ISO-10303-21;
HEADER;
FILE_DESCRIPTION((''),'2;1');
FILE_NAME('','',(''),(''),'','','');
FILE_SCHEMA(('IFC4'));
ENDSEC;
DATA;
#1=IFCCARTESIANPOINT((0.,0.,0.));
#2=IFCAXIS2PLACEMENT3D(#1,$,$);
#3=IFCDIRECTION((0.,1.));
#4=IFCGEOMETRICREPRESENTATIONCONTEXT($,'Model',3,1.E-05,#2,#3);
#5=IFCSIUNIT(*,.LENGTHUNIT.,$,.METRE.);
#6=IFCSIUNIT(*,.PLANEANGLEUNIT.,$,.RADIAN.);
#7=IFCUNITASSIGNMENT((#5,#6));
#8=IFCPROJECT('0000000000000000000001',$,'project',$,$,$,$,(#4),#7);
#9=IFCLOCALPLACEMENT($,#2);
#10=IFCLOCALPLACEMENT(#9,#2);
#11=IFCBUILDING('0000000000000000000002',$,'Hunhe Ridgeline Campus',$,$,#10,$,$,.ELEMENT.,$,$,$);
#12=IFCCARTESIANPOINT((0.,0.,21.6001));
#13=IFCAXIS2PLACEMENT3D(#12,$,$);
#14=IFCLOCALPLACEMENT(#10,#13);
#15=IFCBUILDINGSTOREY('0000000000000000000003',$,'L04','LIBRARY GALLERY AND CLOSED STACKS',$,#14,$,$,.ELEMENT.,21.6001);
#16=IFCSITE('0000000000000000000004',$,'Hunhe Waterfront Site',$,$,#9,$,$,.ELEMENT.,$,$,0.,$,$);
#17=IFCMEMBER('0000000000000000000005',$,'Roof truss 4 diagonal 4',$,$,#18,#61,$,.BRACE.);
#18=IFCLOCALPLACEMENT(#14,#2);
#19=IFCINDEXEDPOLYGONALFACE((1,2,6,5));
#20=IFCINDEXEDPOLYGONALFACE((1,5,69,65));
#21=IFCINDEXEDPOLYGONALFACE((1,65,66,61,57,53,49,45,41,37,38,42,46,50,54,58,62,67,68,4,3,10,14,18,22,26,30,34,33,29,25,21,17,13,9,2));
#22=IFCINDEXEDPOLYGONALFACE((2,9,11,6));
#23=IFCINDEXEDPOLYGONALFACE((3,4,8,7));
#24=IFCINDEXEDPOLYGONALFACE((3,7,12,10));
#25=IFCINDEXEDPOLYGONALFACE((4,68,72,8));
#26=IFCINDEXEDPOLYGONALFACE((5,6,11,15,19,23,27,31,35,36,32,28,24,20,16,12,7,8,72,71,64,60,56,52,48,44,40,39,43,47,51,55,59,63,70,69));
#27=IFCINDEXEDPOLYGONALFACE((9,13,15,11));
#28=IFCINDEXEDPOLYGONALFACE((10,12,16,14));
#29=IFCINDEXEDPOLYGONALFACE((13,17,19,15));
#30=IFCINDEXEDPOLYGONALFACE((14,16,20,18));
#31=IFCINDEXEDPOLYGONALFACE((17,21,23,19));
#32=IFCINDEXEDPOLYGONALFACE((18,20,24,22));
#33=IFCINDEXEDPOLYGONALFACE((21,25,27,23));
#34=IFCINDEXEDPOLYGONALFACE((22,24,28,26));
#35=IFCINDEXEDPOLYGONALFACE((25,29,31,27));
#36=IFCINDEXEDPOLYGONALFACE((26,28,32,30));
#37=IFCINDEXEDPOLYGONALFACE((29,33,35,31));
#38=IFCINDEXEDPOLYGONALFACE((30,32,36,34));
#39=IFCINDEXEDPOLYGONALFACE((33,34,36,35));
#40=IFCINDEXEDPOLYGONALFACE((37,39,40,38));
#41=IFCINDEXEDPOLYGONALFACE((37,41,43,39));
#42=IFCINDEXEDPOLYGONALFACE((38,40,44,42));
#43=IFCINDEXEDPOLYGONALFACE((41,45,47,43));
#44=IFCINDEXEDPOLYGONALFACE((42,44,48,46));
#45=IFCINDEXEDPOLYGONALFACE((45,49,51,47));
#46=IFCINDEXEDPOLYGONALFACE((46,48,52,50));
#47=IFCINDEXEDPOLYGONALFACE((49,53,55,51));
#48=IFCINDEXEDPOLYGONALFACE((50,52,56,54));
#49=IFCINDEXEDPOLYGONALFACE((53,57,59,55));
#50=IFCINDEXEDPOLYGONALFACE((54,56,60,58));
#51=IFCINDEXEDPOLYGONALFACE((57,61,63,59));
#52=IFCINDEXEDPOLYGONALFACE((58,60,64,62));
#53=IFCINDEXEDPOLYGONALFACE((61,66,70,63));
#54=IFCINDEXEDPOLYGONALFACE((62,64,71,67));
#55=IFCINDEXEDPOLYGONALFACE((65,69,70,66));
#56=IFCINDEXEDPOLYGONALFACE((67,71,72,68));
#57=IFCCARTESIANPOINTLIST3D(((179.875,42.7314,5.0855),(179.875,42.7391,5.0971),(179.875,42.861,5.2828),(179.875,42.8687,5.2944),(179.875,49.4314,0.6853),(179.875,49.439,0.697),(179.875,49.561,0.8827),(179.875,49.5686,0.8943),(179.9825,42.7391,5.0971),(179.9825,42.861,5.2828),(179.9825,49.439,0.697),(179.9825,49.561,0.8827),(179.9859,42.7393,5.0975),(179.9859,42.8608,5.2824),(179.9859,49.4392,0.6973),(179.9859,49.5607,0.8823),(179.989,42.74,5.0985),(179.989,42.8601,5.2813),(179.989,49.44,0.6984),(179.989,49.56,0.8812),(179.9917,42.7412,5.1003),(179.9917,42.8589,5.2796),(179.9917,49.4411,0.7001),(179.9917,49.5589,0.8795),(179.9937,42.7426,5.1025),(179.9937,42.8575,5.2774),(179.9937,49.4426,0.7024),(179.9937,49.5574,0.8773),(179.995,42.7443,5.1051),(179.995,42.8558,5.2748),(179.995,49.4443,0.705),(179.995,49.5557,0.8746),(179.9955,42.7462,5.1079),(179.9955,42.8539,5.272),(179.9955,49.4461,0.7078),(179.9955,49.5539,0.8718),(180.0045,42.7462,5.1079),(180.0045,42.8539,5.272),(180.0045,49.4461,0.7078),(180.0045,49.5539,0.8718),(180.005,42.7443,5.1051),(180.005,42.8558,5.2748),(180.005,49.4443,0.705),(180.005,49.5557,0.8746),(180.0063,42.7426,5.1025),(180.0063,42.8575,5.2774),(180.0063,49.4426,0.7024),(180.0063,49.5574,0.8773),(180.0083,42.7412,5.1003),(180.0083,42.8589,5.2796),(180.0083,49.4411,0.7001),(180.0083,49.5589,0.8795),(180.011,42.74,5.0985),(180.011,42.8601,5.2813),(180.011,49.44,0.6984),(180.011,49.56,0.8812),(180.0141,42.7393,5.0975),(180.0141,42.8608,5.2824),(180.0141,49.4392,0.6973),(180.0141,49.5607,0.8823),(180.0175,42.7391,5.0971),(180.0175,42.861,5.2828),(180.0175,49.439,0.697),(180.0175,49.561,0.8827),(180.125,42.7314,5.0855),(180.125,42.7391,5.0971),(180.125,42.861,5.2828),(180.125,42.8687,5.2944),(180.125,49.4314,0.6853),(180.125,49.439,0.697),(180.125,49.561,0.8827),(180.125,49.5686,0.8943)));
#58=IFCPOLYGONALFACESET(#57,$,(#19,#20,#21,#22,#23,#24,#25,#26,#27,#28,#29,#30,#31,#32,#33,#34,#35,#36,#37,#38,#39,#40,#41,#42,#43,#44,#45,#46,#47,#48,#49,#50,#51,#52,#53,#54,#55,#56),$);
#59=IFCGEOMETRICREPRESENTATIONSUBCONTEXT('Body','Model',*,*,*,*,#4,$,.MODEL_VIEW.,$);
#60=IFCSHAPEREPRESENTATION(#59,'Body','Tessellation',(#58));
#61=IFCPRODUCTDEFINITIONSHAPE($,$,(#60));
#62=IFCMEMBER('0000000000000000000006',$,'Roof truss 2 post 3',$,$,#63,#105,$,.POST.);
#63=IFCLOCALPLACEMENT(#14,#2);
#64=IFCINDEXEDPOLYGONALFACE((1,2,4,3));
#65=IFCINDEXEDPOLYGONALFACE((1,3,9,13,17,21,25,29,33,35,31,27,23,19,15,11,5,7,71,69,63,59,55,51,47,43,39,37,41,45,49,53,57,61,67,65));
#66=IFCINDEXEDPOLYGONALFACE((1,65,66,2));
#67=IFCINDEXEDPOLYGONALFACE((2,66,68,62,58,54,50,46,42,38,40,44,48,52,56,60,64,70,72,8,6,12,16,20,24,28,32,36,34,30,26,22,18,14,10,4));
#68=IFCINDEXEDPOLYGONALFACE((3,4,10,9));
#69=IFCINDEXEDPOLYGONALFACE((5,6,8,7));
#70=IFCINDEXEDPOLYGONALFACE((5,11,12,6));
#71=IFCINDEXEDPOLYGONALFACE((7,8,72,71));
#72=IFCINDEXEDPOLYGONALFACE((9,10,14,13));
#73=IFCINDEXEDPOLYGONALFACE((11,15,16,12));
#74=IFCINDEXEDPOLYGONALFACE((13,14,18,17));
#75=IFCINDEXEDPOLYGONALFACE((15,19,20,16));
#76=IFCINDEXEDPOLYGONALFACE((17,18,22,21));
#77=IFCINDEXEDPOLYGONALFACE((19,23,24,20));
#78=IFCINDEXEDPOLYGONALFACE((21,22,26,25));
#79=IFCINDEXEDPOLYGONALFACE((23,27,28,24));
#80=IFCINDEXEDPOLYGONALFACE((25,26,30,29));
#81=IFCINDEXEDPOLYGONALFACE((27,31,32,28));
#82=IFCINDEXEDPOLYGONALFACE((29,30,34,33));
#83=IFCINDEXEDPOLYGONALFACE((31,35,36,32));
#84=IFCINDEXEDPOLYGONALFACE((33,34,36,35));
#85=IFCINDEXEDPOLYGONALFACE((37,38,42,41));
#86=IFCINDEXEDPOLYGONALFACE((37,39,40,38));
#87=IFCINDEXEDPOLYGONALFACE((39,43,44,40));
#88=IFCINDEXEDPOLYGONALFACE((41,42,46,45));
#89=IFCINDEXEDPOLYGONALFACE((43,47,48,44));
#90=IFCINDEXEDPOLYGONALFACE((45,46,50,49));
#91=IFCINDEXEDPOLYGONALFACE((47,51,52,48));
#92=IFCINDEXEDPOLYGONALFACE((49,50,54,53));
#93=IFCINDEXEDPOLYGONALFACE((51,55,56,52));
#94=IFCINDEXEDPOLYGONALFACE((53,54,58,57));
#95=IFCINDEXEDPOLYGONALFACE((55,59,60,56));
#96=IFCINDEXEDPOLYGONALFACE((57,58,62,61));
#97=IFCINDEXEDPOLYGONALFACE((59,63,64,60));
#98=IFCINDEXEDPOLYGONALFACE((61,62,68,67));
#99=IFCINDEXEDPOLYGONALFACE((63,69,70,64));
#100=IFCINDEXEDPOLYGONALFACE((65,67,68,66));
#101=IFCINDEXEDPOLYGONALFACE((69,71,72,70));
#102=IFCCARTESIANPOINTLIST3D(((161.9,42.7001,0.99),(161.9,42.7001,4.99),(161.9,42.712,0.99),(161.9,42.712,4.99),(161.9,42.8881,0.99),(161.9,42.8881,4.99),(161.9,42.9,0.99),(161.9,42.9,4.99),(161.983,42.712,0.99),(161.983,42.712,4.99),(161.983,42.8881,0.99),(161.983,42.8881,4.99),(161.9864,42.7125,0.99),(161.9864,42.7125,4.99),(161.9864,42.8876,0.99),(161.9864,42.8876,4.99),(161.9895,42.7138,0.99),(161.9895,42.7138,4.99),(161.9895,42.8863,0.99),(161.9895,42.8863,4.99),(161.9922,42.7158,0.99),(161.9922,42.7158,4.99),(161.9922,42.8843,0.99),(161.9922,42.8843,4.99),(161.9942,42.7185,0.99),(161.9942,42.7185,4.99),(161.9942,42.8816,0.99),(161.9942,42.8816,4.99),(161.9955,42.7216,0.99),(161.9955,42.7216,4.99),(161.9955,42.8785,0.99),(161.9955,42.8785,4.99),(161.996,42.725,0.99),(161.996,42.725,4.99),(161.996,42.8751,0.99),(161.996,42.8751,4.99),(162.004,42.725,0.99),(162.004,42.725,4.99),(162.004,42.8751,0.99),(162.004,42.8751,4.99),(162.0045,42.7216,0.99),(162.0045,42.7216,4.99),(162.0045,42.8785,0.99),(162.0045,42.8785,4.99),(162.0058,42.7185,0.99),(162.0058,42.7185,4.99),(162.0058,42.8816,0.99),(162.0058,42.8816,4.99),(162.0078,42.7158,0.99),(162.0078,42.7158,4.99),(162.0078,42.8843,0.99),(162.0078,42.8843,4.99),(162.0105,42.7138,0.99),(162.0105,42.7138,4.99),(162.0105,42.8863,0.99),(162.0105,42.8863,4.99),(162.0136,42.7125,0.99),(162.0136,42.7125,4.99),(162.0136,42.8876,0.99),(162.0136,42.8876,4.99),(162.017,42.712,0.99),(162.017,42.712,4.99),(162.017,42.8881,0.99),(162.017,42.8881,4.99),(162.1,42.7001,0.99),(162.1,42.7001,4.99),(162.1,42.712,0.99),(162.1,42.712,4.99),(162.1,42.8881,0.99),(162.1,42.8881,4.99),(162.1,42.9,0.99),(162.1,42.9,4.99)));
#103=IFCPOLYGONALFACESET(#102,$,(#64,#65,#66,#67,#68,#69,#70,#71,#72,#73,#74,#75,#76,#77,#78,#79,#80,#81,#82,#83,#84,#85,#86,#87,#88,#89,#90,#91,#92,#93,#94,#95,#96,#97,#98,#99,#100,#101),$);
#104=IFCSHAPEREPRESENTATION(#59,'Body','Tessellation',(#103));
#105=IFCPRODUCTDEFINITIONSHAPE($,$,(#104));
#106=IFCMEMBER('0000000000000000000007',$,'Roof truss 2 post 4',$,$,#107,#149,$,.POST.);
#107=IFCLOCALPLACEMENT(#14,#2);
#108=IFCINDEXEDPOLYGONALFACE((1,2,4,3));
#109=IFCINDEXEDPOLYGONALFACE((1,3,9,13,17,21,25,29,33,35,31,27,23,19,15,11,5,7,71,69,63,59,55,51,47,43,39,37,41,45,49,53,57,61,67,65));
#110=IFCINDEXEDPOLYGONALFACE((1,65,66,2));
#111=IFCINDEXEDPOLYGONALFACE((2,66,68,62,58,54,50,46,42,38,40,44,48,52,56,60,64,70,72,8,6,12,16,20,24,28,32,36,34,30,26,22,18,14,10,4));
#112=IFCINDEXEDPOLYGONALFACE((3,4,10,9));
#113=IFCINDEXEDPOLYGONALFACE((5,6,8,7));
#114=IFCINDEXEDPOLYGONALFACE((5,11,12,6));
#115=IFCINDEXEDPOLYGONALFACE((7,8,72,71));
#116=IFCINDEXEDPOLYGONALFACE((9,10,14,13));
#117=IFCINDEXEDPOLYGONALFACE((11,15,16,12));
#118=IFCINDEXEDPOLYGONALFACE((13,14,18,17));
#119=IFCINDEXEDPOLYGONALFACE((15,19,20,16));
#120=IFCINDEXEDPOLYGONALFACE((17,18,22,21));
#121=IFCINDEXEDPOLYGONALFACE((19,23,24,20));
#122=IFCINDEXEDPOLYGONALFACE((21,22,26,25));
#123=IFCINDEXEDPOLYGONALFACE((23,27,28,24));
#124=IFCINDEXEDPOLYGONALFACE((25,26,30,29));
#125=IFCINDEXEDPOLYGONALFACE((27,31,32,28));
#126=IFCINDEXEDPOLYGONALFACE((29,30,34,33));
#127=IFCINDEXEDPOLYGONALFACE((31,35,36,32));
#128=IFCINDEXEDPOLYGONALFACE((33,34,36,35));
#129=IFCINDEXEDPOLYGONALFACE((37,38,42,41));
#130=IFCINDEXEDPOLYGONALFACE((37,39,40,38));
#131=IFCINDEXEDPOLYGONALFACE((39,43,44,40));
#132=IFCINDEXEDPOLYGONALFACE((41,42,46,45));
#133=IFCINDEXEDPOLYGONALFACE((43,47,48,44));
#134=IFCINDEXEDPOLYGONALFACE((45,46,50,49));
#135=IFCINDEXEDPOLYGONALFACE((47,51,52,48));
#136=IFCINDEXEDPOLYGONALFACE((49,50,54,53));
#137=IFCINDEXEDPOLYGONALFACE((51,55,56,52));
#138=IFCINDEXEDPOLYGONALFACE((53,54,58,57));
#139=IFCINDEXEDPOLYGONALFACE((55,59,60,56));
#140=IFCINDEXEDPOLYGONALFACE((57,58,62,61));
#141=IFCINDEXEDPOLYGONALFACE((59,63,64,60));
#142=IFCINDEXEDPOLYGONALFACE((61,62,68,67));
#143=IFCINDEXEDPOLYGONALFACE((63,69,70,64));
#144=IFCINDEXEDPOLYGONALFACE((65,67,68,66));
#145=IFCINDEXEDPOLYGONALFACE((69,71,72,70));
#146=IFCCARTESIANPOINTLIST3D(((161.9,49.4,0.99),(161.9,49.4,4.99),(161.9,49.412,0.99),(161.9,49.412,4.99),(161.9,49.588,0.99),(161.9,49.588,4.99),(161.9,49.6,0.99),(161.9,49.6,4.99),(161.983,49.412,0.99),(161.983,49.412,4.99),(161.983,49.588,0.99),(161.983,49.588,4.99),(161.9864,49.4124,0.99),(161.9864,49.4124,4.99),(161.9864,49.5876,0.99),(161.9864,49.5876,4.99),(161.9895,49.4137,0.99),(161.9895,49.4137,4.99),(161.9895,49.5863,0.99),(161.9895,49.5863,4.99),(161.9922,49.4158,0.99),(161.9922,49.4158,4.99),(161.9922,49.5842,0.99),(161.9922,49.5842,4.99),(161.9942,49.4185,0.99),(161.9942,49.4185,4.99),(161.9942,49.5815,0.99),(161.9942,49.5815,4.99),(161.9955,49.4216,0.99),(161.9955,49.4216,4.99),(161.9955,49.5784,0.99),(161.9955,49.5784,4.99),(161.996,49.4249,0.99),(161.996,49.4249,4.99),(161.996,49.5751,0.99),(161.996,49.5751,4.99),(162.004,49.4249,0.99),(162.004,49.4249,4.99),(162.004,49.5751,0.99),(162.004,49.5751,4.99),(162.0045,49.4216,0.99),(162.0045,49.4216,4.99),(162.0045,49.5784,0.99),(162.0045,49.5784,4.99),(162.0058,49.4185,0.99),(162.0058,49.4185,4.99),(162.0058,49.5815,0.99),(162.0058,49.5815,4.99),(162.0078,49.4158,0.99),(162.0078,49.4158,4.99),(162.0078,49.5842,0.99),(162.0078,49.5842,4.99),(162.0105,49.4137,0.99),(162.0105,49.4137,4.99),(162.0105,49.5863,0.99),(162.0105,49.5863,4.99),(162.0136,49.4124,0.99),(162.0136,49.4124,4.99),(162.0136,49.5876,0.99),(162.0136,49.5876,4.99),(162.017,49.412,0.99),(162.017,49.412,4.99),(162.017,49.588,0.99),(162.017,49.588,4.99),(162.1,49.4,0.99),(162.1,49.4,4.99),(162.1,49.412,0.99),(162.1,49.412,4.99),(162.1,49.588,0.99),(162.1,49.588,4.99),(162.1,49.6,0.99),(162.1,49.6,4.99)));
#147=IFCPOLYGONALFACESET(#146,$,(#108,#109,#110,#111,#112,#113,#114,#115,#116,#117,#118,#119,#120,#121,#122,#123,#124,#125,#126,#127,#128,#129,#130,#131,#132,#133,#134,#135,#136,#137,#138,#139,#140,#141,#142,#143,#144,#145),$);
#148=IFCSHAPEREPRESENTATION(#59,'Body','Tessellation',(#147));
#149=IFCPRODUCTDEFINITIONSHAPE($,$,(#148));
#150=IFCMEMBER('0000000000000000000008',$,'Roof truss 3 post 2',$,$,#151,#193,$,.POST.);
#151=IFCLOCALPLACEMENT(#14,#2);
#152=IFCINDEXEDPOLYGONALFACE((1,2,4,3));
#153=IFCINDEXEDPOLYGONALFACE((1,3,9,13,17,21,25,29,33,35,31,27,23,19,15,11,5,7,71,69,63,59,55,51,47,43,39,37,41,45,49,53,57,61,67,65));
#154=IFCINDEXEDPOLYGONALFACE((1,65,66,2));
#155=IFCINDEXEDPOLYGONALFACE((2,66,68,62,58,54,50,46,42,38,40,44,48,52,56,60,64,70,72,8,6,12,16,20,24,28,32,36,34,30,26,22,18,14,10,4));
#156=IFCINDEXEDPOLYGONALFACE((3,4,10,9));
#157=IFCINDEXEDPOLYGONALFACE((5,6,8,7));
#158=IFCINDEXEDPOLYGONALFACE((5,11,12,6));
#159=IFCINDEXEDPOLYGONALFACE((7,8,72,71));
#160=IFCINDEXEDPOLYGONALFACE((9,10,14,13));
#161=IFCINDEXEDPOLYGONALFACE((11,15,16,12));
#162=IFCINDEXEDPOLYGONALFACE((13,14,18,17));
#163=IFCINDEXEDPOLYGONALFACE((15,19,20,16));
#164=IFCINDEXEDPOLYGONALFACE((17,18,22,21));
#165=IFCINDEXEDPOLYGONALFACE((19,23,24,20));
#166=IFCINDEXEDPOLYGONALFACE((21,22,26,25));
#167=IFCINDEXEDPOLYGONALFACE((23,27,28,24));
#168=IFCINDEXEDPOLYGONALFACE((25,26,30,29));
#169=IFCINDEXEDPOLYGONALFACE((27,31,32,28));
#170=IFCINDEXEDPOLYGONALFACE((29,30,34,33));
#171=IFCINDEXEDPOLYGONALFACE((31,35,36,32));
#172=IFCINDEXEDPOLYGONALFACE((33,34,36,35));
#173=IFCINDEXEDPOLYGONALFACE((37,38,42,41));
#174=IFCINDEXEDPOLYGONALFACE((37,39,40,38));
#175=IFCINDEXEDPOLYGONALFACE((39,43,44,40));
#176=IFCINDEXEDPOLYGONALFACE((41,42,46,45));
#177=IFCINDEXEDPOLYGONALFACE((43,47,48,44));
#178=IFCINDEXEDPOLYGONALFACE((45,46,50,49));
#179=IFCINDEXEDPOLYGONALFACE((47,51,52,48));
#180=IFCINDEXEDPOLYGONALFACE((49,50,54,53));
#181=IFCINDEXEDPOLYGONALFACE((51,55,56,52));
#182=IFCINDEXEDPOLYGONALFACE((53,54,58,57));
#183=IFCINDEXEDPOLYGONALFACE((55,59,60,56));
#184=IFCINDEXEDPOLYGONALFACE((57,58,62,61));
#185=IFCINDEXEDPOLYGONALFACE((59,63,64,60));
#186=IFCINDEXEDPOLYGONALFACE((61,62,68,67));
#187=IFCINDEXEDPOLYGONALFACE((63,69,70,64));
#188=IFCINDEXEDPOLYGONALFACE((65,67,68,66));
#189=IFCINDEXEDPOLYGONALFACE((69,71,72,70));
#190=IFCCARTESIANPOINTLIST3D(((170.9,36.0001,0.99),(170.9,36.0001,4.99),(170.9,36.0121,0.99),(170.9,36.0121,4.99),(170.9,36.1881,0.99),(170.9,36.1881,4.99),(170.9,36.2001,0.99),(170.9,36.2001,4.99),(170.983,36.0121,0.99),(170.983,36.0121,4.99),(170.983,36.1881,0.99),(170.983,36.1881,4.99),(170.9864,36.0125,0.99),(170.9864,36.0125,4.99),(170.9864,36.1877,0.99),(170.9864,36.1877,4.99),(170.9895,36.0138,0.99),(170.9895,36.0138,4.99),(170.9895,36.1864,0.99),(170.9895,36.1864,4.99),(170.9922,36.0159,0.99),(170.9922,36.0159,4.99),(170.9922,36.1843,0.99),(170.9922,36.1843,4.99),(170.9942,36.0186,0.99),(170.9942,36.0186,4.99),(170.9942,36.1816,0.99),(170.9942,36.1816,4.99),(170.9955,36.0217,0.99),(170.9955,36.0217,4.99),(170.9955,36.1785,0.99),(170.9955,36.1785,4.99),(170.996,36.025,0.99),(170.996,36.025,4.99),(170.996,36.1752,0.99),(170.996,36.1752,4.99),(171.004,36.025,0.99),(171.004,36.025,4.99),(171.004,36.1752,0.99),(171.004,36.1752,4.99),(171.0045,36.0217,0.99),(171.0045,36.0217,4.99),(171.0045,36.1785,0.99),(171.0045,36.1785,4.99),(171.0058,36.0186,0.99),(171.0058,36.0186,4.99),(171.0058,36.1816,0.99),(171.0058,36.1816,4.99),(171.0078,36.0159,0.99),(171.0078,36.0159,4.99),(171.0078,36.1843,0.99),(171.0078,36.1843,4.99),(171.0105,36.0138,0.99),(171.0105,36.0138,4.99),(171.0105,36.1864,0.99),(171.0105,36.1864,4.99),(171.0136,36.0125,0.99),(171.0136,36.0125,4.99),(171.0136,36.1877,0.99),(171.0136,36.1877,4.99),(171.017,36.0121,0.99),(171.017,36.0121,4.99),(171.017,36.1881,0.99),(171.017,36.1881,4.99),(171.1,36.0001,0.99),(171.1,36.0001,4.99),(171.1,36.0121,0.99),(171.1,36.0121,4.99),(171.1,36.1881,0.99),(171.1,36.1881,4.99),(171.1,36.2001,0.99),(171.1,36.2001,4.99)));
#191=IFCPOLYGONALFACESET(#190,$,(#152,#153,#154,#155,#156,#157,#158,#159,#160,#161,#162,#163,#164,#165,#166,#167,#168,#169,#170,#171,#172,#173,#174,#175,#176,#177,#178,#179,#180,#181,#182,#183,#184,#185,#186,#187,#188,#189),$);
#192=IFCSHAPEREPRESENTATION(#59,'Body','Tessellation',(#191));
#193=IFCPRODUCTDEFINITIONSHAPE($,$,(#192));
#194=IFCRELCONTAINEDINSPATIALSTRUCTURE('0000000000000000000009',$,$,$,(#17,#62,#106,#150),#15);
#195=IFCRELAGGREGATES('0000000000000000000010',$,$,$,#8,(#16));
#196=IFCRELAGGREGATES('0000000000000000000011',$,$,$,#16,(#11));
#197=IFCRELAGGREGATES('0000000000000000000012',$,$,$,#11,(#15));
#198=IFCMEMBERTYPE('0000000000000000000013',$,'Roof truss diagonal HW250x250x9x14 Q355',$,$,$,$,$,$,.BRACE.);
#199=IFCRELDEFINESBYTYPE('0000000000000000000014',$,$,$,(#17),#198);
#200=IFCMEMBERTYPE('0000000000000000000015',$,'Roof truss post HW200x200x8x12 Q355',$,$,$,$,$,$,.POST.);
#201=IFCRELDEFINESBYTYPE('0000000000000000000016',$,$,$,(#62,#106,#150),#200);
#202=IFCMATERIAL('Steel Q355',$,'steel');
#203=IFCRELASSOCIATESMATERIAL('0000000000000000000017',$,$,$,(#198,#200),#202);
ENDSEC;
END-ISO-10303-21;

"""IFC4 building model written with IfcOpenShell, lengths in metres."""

from ifc_helpers import new_model, si_unit, direction, frame, origin, origin_2d, place, context, subcontext, project, spatial, i_section, extrude, material, material_profile, profile_set, type_object, element, save


model = new_model("IFC4")

# Units and contexts
model_context = context("Model", 3, precision=1e-05, world=origin(), true_north=direction((0.0, 1.0)))
body_context = subcontext(model_context, "Body", "Model", "MODEL_VIEW")
ifc_project = project(units=[si_unit("LENGTHUNIT", "METRE"), si_unit("PLANEANGLEUNIT", "RADIAN")], contexts=[model_context])

# Site, building, storey
site_placement = place(None, origin())
site = spatial("IfcSite", under=ifc_project, at=site_placement, Name="Hunhe Waterfront Site", CompositionType="ELEMENT", RefElevation=0.0)
building_placement = place(site_placement, origin())
building = spatial("IfcBuilding", under=site, at=building_placement, Name="Hunhe Ridgeline Campus", CompositionType="ELEMENT")
storey_placement = place(building_placement, frame((0.0, 0.0, 21.6001)))
storey = spatial("IfcBuildingStorey", under=building, at=storey_placement, Name="L04", Description="LIBRARY GALLERY AND CLOSED STACKS", CompositionType="ELEMENT", Elevation=21.6001)

# Members
ifc_material = material(Name="Steel Q355", Category="steel")
ifc_material_profile_1 = material_profile(ifc_material, i_section(OverallWidth=0.25, OverallDepth=0.25, WebThickness=0.009, FlangeThickness=0.0139, FilletRadius=0.0129, at=origin_2d()))
ifc_profile_set_1 = profile_set([ifc_material_profile_1], Name="Steel Q355")
member_type_1 = type_object("IfcMemberType", Name="Roof truss diagonal HW250x250x9x14 Q355", PredefinedType="BRACE", material=ifc_profile_set_1)
for number, where, z_axis, x_axis, name in (
    (1, (180.0, 42.8, 5.1899), (0.0, 0.835859, -0.548944), (-1.0, 0.0, 0.0), "Roof truss 4 diagonal 4"),
):
    element("IfcMember", number, at=place(storey_placement, frame(where, z_axis=z_axis, x_axis=x_axis)), inside=storey, type_object=member_type_1, Name=name, PredefinedType="BRACE", context=body_context, shape_type="SweptSolid", body=[
        extrude(i_section(OverallWidth=0.25, OverallDepth=0.25, WebThickness=0.009, FlangeThickness=0.0139, FilletRadius=0.0129, at=origin_2d()), origin(), (0.0, 0.0, 1.0), 8.0156),
    ])
ifc_material_profile_2 = material_profile(ifc_material, i_section(OverallWidth=0.2, OverallDepth=0.2, WebThickness=0.0081, FlangeThickness=0.012, FilletRadius=0.0129, at=origin_2d()))
ifc_profile_set_2 = profile_set([ifc_material_profile_2], Name="Steel Q355")
member_type_2 = type_object("IfcMemberType", Name="Roof truss post HW200x200x8x12 Q355", PredefinedType="POST", material=ifc_profile_set_2)
for number, where, z_axis, x_axis, name in (
    (2, (162.0, 42.8, 0.99), (0.0, 0.0, 1.0), (1.0, 0.0, 0.0), "Roof truss 2 post 3"),
    (3, (162.0, 49.5, 0.99), (0.0, 0.0, 1.0), (1.0, 0.0, 0.0), "Roof truss 2 post 4"),
    (4, (171.0, 36.1001, 0.99), (0.0, 0.0, 1.0), (1.0, 0.0, 0.0), "Roof truss 3 post 2"),
):
    element("IfcMember", number, at=place(storey_placement, frame(where, z_axis=z_axis, x_axis=x_axis)), inside=storey, type_object=member_type_2, Name=name, PredefinedType="POST", context=body_context, shape_type="SweptSolid", body=[
        extrude(i_section(OverallWidth=0.2, OverallDepth=0.2, WebThickness=0.0081, FlangeThickness=0.012, FilletRadius=0.0129, at=origin_2d()), origin(), (0.0, 0.0, 1.0), 4.0),
    ])

save(model, "model.ifc")
